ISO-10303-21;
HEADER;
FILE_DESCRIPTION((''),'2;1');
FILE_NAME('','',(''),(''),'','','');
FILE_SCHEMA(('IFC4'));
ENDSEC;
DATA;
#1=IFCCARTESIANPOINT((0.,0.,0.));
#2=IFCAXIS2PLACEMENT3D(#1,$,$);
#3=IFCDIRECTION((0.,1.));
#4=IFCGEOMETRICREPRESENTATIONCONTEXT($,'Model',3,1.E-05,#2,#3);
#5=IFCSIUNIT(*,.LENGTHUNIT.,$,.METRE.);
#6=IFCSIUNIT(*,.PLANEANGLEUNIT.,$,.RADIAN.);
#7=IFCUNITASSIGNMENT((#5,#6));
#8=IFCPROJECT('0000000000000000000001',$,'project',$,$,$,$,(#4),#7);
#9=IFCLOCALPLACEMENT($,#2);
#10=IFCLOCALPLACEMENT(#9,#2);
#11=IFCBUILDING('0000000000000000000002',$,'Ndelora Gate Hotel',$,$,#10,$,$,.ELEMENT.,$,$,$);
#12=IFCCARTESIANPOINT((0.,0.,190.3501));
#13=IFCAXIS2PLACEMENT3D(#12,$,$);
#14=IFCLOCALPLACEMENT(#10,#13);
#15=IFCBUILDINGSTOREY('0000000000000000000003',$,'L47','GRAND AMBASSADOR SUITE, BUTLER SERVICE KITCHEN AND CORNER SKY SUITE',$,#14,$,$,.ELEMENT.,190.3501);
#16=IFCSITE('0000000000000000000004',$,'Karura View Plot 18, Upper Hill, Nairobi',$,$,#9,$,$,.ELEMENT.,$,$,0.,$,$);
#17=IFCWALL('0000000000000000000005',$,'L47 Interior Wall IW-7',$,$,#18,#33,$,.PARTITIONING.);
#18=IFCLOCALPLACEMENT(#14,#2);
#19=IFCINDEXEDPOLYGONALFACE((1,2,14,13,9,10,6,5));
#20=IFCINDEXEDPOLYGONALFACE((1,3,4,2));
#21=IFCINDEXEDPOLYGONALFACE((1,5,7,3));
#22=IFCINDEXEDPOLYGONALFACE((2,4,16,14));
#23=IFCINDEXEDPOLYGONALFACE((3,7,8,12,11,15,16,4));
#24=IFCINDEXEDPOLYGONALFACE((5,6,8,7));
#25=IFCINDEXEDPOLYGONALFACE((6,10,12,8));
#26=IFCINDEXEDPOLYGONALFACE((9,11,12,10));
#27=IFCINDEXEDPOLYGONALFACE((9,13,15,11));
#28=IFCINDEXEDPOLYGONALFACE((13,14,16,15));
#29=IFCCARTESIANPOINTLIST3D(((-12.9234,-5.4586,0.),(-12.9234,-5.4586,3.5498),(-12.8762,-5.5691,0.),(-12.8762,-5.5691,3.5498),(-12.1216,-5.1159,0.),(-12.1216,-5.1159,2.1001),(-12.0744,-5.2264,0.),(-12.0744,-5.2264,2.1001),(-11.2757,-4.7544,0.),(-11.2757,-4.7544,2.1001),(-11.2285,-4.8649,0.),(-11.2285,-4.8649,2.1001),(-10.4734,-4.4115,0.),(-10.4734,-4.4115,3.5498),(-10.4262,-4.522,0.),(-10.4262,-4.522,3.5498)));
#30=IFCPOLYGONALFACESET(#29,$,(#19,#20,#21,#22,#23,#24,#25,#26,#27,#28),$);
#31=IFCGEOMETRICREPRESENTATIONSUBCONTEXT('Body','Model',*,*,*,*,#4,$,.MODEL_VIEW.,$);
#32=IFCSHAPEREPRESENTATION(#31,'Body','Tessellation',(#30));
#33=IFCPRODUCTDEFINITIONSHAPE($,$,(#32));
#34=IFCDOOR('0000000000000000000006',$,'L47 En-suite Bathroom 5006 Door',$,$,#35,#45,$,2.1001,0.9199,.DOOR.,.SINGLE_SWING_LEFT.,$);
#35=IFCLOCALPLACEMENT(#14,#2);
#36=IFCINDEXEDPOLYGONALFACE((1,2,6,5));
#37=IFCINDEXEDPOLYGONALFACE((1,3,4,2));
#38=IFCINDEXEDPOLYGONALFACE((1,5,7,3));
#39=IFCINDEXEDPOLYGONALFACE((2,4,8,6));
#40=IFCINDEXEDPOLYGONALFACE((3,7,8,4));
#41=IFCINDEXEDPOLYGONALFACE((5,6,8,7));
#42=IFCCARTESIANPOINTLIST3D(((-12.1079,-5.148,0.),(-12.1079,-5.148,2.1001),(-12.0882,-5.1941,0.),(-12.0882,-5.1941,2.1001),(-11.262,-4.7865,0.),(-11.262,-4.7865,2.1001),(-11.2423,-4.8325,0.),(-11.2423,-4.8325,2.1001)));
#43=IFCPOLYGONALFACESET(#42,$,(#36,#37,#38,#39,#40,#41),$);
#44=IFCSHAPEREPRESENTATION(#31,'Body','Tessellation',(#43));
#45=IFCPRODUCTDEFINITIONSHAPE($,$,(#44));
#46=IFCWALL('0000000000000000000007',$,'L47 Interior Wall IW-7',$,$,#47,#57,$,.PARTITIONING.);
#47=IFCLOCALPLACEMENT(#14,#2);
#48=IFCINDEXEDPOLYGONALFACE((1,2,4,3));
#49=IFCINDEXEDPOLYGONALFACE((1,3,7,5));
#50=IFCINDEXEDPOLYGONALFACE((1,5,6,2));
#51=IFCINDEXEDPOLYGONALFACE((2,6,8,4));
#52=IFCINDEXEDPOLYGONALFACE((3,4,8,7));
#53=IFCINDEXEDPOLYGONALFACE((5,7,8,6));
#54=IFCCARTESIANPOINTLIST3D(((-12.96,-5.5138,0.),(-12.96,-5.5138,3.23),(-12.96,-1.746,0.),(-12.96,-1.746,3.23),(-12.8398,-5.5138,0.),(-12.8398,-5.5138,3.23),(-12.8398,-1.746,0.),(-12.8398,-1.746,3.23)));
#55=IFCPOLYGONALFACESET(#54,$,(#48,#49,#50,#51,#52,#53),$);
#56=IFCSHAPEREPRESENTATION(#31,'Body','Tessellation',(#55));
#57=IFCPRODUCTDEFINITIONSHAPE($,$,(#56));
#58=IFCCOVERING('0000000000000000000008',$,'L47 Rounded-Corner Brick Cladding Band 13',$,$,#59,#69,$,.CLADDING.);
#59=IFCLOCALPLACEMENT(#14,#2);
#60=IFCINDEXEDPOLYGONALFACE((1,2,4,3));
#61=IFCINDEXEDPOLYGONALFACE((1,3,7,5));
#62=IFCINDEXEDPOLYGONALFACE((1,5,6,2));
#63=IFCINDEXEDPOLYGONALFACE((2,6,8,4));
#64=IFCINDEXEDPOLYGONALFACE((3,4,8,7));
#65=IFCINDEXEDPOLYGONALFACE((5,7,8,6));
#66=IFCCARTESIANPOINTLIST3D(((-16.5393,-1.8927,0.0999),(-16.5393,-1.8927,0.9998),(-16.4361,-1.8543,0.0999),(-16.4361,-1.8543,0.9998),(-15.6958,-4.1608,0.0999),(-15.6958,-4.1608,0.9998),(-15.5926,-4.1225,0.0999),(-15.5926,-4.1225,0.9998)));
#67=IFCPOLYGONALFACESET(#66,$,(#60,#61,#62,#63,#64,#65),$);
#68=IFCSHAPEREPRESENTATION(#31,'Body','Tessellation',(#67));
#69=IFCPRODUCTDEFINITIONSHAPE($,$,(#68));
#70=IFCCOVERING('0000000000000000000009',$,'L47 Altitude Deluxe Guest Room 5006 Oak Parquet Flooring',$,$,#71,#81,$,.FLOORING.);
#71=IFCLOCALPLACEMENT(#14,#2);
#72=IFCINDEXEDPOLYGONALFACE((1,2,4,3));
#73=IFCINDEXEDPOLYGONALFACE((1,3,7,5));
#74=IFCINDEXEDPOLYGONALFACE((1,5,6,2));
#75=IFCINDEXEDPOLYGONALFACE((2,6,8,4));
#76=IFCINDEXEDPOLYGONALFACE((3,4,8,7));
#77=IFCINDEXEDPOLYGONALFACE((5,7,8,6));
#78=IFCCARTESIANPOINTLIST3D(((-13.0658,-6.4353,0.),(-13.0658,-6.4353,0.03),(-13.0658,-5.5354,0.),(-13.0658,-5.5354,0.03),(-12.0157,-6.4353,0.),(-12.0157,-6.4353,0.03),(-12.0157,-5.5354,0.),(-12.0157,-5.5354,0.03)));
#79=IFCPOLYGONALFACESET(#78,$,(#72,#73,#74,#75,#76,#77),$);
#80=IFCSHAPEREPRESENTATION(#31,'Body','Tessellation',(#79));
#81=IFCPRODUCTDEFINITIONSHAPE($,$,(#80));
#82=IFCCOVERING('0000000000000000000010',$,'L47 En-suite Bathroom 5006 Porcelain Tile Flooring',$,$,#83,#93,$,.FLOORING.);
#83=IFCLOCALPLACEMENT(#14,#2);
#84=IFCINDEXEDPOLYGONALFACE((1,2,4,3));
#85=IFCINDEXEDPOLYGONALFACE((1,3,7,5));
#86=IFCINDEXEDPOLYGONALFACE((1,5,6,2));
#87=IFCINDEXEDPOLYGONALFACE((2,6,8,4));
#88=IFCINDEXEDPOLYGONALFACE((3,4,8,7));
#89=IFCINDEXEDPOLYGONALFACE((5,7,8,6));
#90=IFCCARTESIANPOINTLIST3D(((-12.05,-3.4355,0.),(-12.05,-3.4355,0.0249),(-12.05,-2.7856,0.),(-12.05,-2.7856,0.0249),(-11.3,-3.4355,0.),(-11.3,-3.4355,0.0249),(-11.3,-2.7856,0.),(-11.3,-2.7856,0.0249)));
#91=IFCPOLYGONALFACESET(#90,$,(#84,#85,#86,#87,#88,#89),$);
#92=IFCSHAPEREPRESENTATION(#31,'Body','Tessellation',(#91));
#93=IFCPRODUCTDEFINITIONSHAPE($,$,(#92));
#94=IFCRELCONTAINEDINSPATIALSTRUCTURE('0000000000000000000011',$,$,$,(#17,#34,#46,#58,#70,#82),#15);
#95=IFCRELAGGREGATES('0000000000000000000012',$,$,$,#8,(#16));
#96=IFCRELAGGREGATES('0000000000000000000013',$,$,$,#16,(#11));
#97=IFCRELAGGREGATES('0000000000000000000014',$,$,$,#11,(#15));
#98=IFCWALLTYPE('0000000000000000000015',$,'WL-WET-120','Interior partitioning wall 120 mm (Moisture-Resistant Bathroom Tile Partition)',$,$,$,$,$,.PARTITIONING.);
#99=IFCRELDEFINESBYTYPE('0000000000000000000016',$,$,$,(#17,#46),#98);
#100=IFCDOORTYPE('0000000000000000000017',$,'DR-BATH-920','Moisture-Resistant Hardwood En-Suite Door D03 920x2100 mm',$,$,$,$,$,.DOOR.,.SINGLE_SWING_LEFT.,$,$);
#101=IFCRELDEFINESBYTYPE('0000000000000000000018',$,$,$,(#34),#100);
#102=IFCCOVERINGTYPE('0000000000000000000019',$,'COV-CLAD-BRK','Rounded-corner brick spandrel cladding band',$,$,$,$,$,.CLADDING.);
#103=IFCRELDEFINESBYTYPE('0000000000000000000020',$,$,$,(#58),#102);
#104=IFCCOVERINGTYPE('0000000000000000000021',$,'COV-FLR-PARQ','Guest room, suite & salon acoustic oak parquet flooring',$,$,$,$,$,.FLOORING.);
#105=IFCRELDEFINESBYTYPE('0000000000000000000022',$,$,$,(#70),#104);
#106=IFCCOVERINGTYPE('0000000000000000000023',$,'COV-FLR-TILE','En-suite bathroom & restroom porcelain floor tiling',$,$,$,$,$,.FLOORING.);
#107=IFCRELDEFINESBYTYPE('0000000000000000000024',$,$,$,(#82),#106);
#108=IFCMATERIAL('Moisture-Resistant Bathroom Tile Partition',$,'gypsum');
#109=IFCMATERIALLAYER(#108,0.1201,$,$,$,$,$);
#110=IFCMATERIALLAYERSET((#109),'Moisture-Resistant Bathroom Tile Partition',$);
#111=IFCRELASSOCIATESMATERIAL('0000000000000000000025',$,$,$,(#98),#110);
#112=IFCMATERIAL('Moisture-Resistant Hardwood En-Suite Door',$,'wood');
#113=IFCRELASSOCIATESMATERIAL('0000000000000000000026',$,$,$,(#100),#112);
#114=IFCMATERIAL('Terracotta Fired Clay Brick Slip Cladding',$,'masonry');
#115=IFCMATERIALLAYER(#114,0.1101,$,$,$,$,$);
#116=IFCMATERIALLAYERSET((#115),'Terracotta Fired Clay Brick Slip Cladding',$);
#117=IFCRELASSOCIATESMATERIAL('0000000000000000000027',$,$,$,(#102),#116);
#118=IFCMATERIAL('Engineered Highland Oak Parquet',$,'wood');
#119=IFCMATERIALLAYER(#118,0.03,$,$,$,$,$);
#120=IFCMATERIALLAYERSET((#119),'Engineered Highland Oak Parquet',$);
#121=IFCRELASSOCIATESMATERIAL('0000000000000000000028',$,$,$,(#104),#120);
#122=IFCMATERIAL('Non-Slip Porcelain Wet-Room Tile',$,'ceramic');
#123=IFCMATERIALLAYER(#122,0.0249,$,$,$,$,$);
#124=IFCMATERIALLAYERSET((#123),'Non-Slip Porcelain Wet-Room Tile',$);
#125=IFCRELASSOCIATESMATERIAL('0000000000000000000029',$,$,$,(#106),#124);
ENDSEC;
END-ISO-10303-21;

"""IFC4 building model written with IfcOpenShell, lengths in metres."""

from ifc_helpers import new_model, si_unit, direction, frame, frame_2d, origin, origin_2d, place, context, subcontext, project, spatial, rectangle, extrude, material, layer, layer_set, type_object, element, fill, save


model = new_model("IFC4")

# Units and contexts
model_context = context("Model", 3, precision=1e-05, world=origin(), true_north=direction((0.0, 1.0)))
body_context = subcontext(model_context, "Body", "Model", "MODEL_VIEW")
ifc_project = project(units=[si_unit("LENGTHUNIT", "METRE"), si_unit("PLANEANGLEUNIT", "RADIAN")], contexts=[model_context])

# Site, building, storey
site_placement = place(None, origin())
site = spatial("IfcSite", under=ifc_project, at=site_placement, Name="Karura View Plot 18, Upper Hill, Nairobi", CompositionType="ELEMENT", RefElevation=0.0)
building_placement = place(site_placement, origin())
building = spatial("IfcBuilding", under=site, at=building_placement, Name="Ndelora Gate Hotel", CompositionType="ELEMENT")
storey_placement = place(building_placement, frame((0.0, 0.0, 190.3501)))
storey = spatial("IfcBuildingStorey", under=building, at=storey_placement, Name="L47", Description="GRAND AMBASSADOR SUITE, BUTLER SERVICE KITCHEN AND CORNER SKY SUITE", CompositionType="ELEMENT", Elevation=190.3501)

# Wall, opening, door
ifc_material_1 = material(Name="Moisture-Resistant Bathroom Tile Partition", Category="gypsum")
ifc_layer_1 = layer(ifc_material_1, 0.1201)
ifc_layer_set_1 = layer_set([ifc_layer_1], Name="Moisture-Resistant Bathroom Tile Partition")
wall_type_1 = type_object("IfcWallType", Name="WL-WET-120", Description="Interior partitioning wall 120 mm (Moisture-Resistant Bathroom Tile Partition)", PredefinedType="PARTITIONING", material=ifc_layer_set_1)
wall_1_placement = place(storey_placement, frame((-10.45, -4.4668, 0.0), z_axis=(0.0, 0.0, 1.0), x_axis=(-0.919533, -0.393012, 0.0)))
wall_1 = element("IfcWall", 1, at=wall_1_placement, inside=storey, type_object=wall_type_1, Name="L47 Interior Wall IW-7", PredefinedType="PARTITIONING", context=body_context, shape_type="SweptSolid", body=[
    extrude(rectangle(XDim=2.6643, YDim=0.1201, at=frame_2d((1.332, 0.0))), origin(), (0.0, 0.0, 1.0), 3.5498),
])
opening_1_placement = place(wall_1_placement, frame((0.8723, 0.0, 0.0)))
opening_1 = element("IfcOpeningElement", 2, at=opening_1_placement, cuts=wall_1, PredefinedType="OPENING", context=body_context, shape_type="SweptSolid", body=[
    extrude(rectangle(XDim=0.9199, YDim=2.1001, at=frame_2d((0.46, 1.05))), frame((0.0, 0.0701, 0.0), z_axis=(0.0, -1.0, 0.0), x_axis=(1.0, 0.0, 0.0)), (0.0, 0.0, 1.0), 0.1401),
])
ifc_material_2 = material(Name="Moisture-Resistant Hardwood En-Suite Door", Category="wood")
door_type = type_object("IfcDoorType", Name="DR-BATH-920", Description="Moisture-Resistant Hardwood En-Suite Door D03 920x2100 mm", OperationType="SINGLE_SWING_LEFT", PredefinedType="DOOR", material=ifc_material_2)
door_placement = place(opening_1_placement, origin())
door = element("IfcDoor", 3, at=door_placement, inside=storey, type_object=door_type, Name="L47 En-suite Bathroom 5006 Door", OperationType="SINGLE_SWING_LEFT", OverallHeight=2.1001, OverallWidth=0.9199, PredefinedType="DOOR", context=body_context, shape_type="SweptSolid", body=[
    extrude(rectangle(XDim=0.9199, YDim=2.1001, at=frame_2d((0.46, 1.05))), frame((0.0, 0.0249, 0.0), z_axis=(0.0, -1.0, 0.0), x_axis=(1.0, 0.0, 0.0)), (0.0, 0.0, 1.0), 0.05),
])
fill(opening_1, door)

# Wall
wall_2_placement = place(storey_placement, frame((-12.8999, -1.7461, 0.0), z_axis=(0.0, 0.0, 1.0), x_axis=(0.0, -1.0, 0.0)))
element("IfcWall", 4, at=wall_2_placement, inside=storey, type_object=wall_type_1, Name="L47 Interior Wall IW-7", PredefinedType="PARTITIONING", context=body_context, shape_type="SweptSolid", body=[
    extrude(rectangle(XDim=3.7678, YDim=0.1201, at=frame_2d((1.8838, 0.0))), origin(), (0.0, 0.0, 1.0), 3.23),
])

# Coverings
ifc_material_3 = material(Name="Terracotta Fired Clay Brick Slip Cladding", Category="masonry")
ifc_layer_2 = layer(ifc_material_3, 0.1101)
ifc_layer_set_2 = layer_set([ifc_layer_2], Name="Terracotta Fired Clay Brick Slip Cladding")
covering_type_1 = type_object("IfcCoveringType", Name="COV-CLAD-BRK", Description="Rounded-corner brick spandrel cladding band", PredefinedType="CLADDING", material=ifc_layer_set_2)
covering_1_placement = place(storey_placement, frame((-16.0659, -3.0076, 0.0999), z_axis=(0.0, 0.0, 1.0), x_axis=(-0.348572, 0.937282, 0.0)))
element("IfcCovering", 5, at=covering_1_placement, inside=storey, type_object=covering_type_1, Name="L47 Rounded-Corner Brick Cladding Band 13", PredefinedType="CLADDING", context=body_context, shape_type="SweptSolid", body=[
    extrude(rectangle(XDim=2.4199, YDim=0.1101, at=origin_2d()), origin(), (0.0, 0.0, 1.0), 0.8999),
])
ifc_material_4 = material(Name="Engineered Highland Oak Parquet", Category="wood")
ifc_layer_3 = layer(ifc_material_4, 0.03)
ifc_layer_set_3 = layer_set([ifc_layer_3], Name="Engineered Highland Oak Parquet")
covering_type_2 = type_object("IfcCoveringType", Name="COV-FLR-PARQ", Description="Guest room, suite & salon acoustic oak parquet flooring", PredefinedType="FLOORING", material=ifc_layer_set_3)
covering_2_placement = place(storey_placement, frame((-12.5408, -5.9854, 0.0), z_axis=(0.0, 0.0, 1.0), x_axis=(1.0, 0.0, 0.0)))
element("IfcCovering", 6, at=covering_2_placement, inside=storey, type_object=covering_type_2, Name="L47 Altitude Deluxe Guest Room 5006 Oak Parquet Flooring", PredefinedType="FLOORING", context=body_context, shape_type="SweptSolid", body=[
    extrude(rectangle(XDim=1.05, YDim=0.8999, at=origin_2d()), origin(), (0.0, 0.0, 1.0), 0.03),
])
ifc_material_5 = material(Name="Non-Slip Porcelain Wet-Room Tile", Category="ceramic")
ifc_layer_4 = layer(ifc_material_5, 0.0249)
ifc_layer_set_4 = layer_set([ifc_layer_4], Name="Non-Slip Porcelain Wet-Room Tile")
covering_type_3 = type_object("IfcCoveringType", Name="COV-FLR-TILE", Description="En-suite bathroom & restroom porcelain floor tiling", PredefinedType="FLOORING", material=ifc_layer_set_4)
covering_3_placement = place(storey_placement, frame((-11.675, -3.1106, 0.0), z_axis=(0.0, 0.0, 1.0), x_axis=(1.0, 0.0, 0.0)))
element("IfcCovering", 7, at=covering_3_placement, inside=storey, type_object=covering_type_3, Name="L47 En-suite Bathroom 5006 Porcelain Tile Flooring", PredefinedType="FLOORING", context=body_context, shape_type="SweptSolid", body=[
    extrude(rectangle(XDim=0.75, YDim=0.6499, at=origin_2d()), origin(), (0.0, 0.0, 1.0), 0.0249),
])

save(model, "model.ifc")
